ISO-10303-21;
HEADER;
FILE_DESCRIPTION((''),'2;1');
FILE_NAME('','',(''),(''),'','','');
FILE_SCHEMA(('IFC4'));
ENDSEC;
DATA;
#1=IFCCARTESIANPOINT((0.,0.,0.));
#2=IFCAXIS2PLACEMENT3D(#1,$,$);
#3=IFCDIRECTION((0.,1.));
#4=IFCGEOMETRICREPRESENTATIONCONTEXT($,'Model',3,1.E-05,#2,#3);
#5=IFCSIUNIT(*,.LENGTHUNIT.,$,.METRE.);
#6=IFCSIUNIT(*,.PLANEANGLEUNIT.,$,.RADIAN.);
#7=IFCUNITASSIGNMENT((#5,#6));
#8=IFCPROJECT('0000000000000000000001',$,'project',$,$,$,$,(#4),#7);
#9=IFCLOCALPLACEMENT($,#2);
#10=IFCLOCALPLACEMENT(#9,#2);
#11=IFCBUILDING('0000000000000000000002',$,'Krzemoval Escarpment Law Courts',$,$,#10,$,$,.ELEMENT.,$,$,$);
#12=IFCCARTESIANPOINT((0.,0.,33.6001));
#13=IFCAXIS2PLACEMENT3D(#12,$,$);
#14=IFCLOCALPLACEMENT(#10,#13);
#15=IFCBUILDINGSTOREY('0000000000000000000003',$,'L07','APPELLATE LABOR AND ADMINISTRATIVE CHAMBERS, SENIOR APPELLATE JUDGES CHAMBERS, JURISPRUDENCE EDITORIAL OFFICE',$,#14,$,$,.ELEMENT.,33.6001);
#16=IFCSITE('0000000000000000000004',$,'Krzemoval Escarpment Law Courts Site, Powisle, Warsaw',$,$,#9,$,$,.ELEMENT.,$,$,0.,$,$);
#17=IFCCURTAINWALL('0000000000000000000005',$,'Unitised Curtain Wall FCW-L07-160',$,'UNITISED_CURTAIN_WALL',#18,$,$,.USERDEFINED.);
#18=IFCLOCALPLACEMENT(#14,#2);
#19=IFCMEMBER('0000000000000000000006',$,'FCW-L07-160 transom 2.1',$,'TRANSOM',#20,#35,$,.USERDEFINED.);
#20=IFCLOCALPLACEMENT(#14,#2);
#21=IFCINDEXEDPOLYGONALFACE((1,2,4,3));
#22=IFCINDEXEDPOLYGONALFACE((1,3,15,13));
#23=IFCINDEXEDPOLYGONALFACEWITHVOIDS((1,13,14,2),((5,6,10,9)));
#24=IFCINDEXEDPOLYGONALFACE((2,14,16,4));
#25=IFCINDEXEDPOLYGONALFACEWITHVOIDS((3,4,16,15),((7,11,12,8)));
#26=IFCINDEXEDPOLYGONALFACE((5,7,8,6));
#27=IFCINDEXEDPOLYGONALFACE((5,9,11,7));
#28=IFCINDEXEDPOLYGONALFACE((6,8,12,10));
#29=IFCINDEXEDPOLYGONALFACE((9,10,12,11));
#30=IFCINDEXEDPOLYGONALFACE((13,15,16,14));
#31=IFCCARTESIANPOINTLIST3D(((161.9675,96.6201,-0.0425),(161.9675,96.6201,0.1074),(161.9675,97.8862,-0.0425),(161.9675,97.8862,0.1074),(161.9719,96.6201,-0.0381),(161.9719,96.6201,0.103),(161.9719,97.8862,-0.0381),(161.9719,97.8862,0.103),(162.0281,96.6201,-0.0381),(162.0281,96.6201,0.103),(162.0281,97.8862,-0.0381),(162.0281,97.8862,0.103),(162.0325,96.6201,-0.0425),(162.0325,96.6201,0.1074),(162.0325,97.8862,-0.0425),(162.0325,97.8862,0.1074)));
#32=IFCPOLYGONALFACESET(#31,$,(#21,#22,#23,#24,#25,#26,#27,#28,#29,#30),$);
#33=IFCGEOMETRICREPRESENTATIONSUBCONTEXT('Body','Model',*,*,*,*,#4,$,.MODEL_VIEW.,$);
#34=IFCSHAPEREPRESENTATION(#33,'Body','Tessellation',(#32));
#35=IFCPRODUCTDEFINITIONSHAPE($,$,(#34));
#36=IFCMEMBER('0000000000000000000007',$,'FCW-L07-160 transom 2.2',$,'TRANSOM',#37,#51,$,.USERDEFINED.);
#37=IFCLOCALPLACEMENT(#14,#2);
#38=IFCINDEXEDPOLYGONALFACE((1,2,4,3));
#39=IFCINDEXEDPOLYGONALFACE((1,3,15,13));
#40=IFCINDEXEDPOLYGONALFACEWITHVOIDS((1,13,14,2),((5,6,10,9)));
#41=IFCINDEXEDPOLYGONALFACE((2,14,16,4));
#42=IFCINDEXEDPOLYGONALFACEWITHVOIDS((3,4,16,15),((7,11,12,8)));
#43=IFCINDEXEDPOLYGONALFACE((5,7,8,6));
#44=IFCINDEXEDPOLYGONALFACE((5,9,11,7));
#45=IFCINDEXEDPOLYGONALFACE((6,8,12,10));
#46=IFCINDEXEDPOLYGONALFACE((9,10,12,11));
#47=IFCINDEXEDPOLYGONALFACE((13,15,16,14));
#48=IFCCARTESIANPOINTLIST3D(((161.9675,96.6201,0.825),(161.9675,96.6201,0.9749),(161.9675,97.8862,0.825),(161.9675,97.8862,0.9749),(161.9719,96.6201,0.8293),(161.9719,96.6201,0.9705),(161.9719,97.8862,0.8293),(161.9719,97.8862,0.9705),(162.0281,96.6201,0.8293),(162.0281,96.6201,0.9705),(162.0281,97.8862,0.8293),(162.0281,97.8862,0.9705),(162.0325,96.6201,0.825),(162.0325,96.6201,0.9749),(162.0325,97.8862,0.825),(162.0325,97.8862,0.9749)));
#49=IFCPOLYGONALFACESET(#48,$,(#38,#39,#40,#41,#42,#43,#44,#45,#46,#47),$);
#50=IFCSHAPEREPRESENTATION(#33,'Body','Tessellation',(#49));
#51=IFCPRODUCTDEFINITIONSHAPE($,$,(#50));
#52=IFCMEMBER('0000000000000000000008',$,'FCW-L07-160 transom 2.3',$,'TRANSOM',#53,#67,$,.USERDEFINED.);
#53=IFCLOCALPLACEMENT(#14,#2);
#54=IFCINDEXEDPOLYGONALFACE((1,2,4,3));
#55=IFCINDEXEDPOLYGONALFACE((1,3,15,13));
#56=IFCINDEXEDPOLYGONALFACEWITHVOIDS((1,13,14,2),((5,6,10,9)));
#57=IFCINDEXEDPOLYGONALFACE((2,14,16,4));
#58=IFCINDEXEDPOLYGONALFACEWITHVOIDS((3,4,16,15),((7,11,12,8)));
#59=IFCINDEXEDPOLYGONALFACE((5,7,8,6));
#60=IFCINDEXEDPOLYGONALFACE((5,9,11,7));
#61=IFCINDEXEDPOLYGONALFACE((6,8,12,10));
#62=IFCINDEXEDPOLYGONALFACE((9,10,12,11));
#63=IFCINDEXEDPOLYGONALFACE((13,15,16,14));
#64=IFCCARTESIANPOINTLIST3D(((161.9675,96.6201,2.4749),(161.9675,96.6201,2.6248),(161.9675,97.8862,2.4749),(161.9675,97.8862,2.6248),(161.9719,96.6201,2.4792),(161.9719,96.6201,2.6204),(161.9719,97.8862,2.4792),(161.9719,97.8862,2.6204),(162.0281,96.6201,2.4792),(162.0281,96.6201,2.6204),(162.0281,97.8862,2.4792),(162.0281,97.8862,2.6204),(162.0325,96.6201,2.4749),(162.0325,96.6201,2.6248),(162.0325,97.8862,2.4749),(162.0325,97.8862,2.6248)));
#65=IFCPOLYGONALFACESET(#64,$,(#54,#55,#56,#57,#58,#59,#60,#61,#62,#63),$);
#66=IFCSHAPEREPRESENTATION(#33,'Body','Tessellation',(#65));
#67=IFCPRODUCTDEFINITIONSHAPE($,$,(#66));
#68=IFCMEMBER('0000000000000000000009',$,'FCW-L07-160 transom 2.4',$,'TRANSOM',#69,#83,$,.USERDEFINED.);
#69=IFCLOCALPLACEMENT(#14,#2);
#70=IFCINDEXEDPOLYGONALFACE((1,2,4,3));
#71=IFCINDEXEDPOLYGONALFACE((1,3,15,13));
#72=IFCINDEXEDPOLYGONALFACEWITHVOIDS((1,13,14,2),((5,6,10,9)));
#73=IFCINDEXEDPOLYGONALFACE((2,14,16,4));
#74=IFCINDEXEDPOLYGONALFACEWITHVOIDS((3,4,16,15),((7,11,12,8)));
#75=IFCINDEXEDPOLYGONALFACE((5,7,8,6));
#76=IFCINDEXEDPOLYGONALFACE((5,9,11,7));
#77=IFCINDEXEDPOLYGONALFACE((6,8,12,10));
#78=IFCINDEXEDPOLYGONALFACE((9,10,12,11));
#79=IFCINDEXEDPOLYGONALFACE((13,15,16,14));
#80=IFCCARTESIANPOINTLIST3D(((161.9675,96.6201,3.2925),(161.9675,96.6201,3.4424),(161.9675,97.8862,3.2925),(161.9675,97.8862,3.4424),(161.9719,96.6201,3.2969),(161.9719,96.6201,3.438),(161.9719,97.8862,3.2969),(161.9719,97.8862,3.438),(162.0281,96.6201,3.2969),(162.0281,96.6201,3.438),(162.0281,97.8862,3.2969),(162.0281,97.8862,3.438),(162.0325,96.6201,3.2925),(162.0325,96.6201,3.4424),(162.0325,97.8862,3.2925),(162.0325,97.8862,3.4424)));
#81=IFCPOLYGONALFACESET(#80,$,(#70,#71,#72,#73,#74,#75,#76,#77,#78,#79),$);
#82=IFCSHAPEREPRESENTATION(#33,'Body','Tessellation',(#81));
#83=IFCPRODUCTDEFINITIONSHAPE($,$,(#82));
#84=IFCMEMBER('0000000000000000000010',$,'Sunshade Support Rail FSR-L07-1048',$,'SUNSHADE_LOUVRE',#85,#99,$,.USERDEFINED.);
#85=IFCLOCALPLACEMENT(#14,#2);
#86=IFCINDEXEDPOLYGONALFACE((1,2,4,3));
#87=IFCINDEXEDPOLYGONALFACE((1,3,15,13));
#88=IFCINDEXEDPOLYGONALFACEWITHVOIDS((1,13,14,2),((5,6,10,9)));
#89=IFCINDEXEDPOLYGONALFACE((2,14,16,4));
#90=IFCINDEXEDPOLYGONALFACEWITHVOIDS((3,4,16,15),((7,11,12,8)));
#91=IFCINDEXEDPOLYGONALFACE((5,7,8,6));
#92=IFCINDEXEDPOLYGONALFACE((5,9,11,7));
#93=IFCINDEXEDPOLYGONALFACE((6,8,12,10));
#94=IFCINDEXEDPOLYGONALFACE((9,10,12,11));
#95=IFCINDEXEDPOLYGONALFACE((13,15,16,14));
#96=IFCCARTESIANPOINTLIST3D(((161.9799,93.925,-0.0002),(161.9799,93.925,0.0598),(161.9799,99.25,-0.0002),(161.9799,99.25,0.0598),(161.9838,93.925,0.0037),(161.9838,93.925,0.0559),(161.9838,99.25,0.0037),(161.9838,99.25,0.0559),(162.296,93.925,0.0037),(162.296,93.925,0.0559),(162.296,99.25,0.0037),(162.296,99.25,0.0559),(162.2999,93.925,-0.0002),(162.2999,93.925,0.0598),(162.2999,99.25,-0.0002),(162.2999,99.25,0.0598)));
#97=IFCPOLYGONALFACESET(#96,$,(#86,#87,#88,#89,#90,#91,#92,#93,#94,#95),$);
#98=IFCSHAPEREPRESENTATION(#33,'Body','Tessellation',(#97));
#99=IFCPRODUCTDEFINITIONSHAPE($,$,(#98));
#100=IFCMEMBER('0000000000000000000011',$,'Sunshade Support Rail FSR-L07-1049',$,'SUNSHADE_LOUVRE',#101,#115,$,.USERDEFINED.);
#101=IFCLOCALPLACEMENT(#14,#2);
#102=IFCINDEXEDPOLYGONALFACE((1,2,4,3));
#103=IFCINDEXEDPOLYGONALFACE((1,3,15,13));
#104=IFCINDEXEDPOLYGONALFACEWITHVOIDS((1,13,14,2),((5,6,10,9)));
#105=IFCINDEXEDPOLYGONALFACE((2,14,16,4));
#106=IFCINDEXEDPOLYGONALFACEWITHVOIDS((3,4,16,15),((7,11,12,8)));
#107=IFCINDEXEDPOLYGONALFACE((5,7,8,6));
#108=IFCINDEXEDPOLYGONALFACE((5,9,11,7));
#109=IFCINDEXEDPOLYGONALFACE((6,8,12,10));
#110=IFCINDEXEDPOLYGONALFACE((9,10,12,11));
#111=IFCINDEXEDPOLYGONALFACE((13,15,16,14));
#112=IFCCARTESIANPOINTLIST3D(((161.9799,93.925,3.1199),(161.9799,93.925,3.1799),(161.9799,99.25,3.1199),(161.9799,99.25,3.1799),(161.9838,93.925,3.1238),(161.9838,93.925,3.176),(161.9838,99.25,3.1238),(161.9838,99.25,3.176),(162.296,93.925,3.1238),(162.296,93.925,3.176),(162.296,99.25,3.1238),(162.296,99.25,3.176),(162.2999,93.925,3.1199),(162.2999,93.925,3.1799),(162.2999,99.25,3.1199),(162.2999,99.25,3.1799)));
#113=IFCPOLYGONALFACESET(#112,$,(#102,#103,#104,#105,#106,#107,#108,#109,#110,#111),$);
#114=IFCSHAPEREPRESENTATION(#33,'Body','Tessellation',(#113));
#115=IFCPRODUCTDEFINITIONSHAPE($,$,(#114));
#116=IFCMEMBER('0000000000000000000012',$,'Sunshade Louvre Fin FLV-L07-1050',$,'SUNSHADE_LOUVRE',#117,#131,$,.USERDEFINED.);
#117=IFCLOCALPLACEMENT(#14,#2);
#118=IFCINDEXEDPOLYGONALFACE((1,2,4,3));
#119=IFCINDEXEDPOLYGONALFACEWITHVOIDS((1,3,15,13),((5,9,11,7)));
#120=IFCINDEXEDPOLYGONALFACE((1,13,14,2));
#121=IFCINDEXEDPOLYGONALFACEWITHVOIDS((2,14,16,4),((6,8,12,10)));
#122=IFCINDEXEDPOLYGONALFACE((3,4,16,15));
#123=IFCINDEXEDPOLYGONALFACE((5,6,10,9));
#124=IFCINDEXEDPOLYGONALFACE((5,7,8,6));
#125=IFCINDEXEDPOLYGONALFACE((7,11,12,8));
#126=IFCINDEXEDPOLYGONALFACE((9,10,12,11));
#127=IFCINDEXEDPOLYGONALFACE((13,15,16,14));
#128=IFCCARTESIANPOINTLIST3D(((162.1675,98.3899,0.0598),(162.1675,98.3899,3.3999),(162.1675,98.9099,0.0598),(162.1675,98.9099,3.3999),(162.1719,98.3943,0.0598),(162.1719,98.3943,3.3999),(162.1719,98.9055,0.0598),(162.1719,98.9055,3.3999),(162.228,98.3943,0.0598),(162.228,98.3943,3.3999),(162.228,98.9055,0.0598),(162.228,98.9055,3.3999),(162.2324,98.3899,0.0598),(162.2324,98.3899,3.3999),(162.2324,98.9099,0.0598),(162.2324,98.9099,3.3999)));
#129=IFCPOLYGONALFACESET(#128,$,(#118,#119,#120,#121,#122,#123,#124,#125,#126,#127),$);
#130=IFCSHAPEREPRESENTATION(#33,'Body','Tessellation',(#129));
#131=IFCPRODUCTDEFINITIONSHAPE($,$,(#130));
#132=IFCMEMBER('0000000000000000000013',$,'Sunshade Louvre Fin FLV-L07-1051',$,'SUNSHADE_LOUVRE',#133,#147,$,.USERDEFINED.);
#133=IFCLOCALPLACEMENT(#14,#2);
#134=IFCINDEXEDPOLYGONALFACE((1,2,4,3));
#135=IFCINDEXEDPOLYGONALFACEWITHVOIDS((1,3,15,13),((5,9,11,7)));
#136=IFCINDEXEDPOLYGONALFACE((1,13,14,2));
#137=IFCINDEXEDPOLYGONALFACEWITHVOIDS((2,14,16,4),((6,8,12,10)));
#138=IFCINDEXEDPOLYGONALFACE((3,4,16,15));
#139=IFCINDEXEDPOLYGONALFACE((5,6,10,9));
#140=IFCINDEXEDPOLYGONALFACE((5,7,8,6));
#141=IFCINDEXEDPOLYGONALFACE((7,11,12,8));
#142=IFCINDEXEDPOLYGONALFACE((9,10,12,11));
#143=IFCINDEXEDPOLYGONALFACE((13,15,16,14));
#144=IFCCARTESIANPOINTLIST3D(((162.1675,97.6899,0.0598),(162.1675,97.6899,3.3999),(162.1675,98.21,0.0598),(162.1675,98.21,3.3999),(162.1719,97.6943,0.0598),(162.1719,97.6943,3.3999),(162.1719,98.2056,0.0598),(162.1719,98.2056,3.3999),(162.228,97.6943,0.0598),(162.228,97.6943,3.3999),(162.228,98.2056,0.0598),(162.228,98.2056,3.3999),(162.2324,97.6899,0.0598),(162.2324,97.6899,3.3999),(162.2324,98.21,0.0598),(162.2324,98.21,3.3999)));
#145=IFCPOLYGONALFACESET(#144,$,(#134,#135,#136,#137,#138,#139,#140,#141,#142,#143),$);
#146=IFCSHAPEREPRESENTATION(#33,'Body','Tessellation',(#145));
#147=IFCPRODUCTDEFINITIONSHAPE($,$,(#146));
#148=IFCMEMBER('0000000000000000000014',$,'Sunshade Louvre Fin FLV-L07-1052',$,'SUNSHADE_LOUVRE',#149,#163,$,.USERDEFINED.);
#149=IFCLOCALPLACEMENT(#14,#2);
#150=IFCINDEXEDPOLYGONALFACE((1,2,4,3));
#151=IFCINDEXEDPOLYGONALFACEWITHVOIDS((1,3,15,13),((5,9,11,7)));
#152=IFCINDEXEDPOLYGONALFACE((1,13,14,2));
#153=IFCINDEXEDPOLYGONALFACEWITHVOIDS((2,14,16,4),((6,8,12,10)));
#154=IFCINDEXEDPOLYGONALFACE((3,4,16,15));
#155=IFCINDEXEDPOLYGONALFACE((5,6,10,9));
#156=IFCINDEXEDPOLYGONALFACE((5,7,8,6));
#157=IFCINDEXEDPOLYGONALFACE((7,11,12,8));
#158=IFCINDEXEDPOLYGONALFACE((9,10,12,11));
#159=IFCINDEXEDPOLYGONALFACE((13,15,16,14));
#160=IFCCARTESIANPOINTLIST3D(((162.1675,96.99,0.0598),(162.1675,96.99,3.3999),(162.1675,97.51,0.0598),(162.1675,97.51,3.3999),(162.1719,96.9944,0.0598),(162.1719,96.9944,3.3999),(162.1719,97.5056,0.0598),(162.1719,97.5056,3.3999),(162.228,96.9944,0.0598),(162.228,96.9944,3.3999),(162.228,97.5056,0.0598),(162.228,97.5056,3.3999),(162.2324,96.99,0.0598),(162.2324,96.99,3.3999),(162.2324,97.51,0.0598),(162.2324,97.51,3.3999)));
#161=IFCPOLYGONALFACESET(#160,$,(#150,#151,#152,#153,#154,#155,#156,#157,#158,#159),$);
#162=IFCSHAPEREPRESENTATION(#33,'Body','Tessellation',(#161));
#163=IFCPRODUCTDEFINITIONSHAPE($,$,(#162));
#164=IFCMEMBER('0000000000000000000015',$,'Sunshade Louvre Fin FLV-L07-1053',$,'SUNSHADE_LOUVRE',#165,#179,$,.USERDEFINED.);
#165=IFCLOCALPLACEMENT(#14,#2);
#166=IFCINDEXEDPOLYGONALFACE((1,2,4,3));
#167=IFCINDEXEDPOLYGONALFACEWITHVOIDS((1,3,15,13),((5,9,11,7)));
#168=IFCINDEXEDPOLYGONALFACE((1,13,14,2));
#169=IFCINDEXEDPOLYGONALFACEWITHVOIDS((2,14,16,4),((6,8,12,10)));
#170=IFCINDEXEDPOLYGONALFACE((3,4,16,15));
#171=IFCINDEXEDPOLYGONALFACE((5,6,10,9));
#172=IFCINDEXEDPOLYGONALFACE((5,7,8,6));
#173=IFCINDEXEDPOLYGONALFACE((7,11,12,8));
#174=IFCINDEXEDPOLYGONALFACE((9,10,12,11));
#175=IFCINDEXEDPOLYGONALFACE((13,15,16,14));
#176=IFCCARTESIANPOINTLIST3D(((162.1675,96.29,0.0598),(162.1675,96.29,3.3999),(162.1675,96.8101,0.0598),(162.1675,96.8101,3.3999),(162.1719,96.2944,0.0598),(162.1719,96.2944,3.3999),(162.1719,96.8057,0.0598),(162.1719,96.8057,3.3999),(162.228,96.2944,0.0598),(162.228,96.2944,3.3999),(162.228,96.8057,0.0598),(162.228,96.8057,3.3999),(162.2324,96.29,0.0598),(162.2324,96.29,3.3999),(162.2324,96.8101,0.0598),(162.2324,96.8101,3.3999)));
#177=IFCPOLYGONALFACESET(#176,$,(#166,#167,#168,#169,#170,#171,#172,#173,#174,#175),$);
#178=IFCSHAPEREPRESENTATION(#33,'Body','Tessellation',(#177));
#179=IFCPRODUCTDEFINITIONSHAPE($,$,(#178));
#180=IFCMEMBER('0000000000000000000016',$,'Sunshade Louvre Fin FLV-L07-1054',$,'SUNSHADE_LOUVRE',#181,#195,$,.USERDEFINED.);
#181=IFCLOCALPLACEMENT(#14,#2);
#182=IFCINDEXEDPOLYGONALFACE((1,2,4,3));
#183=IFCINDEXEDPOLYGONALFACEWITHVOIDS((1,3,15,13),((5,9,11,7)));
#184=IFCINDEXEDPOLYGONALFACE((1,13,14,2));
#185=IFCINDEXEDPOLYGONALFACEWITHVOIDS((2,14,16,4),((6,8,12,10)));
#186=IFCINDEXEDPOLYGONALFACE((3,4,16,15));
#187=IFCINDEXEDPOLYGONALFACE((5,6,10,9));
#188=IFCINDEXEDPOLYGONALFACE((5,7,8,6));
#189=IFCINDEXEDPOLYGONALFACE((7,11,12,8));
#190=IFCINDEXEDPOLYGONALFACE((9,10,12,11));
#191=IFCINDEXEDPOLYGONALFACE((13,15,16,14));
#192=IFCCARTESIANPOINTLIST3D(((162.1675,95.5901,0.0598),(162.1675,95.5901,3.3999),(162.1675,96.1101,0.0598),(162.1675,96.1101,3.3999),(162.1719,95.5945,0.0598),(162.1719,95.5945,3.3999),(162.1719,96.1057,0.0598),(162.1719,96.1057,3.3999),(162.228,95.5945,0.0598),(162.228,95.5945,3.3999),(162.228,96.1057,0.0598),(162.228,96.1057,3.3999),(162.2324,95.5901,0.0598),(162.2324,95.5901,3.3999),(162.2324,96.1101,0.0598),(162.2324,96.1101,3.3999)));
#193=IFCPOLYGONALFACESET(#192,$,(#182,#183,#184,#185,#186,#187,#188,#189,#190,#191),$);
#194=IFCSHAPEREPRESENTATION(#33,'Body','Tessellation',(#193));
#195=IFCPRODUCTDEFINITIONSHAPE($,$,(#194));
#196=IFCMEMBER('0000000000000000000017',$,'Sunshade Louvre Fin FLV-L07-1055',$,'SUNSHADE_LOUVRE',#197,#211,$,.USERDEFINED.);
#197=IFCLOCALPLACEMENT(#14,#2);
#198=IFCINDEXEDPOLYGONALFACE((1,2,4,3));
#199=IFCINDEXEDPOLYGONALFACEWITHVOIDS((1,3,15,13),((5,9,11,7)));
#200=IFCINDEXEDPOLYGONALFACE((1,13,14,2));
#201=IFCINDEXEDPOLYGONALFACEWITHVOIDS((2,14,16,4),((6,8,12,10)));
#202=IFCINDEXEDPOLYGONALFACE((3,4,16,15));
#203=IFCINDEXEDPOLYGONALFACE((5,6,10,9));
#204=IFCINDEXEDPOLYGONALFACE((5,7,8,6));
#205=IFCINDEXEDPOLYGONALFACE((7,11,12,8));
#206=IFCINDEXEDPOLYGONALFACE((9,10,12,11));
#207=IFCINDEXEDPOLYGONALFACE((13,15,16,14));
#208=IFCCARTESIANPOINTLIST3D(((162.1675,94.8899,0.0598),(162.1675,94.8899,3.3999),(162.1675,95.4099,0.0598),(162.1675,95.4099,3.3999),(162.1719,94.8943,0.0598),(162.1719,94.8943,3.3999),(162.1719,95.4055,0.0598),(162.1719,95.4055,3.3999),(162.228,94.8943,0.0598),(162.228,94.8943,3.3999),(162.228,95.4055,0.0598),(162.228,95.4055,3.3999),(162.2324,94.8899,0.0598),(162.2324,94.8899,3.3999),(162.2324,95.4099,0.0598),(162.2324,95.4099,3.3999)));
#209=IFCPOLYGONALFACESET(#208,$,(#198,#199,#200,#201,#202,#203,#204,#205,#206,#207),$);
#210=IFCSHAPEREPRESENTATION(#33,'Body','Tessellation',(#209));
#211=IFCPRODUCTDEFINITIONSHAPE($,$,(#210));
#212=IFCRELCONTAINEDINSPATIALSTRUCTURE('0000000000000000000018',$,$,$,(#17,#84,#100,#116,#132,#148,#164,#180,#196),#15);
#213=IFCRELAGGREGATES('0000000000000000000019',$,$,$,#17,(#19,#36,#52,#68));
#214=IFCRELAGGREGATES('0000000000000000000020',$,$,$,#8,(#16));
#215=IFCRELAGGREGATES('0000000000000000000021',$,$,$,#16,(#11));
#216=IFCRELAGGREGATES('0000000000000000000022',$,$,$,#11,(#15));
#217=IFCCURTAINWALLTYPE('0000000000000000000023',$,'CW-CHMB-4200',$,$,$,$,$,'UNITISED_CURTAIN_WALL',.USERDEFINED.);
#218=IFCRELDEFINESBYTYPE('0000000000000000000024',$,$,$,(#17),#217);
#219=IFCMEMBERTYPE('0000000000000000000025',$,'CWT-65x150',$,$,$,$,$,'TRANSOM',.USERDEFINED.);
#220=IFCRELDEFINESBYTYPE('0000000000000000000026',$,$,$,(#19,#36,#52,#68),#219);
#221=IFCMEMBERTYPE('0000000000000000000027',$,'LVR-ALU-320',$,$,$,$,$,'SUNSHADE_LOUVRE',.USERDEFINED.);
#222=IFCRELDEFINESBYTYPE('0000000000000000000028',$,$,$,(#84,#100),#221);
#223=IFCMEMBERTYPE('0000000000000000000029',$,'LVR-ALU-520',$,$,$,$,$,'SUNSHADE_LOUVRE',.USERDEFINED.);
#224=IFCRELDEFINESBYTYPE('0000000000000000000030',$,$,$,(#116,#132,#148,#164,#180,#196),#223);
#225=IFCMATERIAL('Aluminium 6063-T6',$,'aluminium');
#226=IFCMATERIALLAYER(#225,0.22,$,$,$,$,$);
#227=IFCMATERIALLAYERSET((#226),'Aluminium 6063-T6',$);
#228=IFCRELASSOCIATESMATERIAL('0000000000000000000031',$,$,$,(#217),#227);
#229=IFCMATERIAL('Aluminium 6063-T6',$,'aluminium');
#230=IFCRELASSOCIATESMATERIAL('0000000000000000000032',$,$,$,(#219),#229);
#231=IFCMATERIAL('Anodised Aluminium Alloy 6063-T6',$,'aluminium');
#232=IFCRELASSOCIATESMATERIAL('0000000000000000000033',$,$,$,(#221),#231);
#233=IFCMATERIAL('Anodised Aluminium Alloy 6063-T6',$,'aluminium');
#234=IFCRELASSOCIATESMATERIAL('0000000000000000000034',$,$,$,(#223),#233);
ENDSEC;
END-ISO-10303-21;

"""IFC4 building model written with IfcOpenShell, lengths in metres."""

from ifc_helpers import new_model, si_unit, direction, frame, origin, origin_2d, place, context, subcontext, project, spatial, hollow_rectangle, extrude, material, layer, layer_set, material_profile, profile_set, type_object, element, aggregate, save


model = new_model("IFC4")

# Units and contexts
model_context = context("Model", 3, precision=1e-05, world=origin(), true_north=direction((0.0, 1.0)))
body_context = subcontext(model_context, "Body", "Model", "MODEL_VIEW")
ifc_project = project(units=[si_unit("LENGTHUNIT", "METRE"), si_unit("PLANEANGLEUNIT", "RADIAN")], contexts=[model_context])

# Site, building, storey
site_placement = place(None, origin())
site = spatial("IfcSite", under=ifc_project, at=site_placement, Name="Krzemoval Escarpment Law Courts Site, Powisle, Warsaw", CompositionType="ELEMENT", RefElevation=0.0)
building_placement = place(site_placement, origin())
building = spatial("IfcBuilding", under=site, at=building_placement, Name="Krzemoval Escarpment Law Courts", CompositionType="ELEMENT")
storey_placement = place(building_placement, frame((0.0, 0.0, 33.6001)))
storey = spatial("IfcBuildingStorey", under=building, at=storey_placement, Name="L07", Description="APPELLATE LABOR AND ADMINISTRATIVE CHAMBERS, SENIOR APPELLATE JUDGES CHAMBERS, JURISPRUDENCE EDITORIAL OFFICE", CompositionType="ELEMENT", Elevation=33.6001)

# Curtain wall, members
ifc_material_1 = material(Name="Aluminium 6063-T6", Category="aluminium")
ifc_layer_1 = layer(ifc_material_1, 0.22)
ifc_layer_set_1 = layer_set([ifc_layer_1], Name="Aluminium 6063-T6")
curtain_wall_type = type_object("IfcCurtainWallType", Name="CW-CHMB-4200", ElementType="UNITISED_CURTAIN_WALL", PredefinedType="USERDEFINED", material=ifc_layer_set_1)
curtain_wall_placement = place(storey_placement, origin())
curtain_wall = element("IfcCurtainWall", 1, at=curtain_wall_placement, inside=storey, type_object=curtain_wall_type, Name="Unitised Curtain Wall FCW-L07-160", ObjectType="UNITISED_CURTAIN_WALL", PredefinedType="USERDEFINED")
ifc_material_2 = material(Name="Aluminium 6063-T6", Category="aluminium")
ifc_material_profile_1 = material_profile(ifc_material_2, hollow_rectangle(XDim=0.0649, YDim=0.1499, WallThickness=0.0044, at=origin_2d()), Name="ALU T65x150")
ifc_profile_set_1 = profile_set([ifc_material_profile_1], Name="Aluminium 6063-T6")
member_type_1 = type_object("IfcMemberType", Name="CWT-65x150", ElementType="TRANSOM", PredefinedType="USERDEFINED", material=ifc_profile_set_1)
member_1_placement = place(storey_placement, frame((162.0, 97.8862, 0.0325), z_axis=(0.0, -1.0, 0.0), x_axis=(1.0, 0.0, 0.0)))
member_1 = element("IfcMember", 2, at=member_1_placement, type_object=member_type_1, Name="FCW-L07-160 transom 2.1", ObjectType="TRANSOM", PredefinedType="USERDEFINED", context=body_context, shape_type="SweptSolid", body=[
    extrude(hollow_rectangle(XDim=0.0649, YDim=0.1499, WallThickness=0.0044, at=origin_2d()), origin(), (0.0, 0.0, 1.0), 1.2661),
])
member_2_placement = place(storey_placement, frame((162.0, 97.8862, 0.8999), z_axis=(0.0, -1.0, 0.0), x_axis=(1.0, 0.0, 0.0)))
member_2 = element("IfcMember", 3, at=member_2_placement, type_object=member_type_1, Name="FCW-L07-160 transom 2.2", ObjectType="TRANSOM", PredefinedType="USERDEFINED", context=body_context, shape_type="SweptSolid", body=[
    extrude(hollow_rectangle(XDim=0.0649, YDim=0.1499, WallThickness=0.0044, at=origin_2d()), origin(), (0.0, 0.0, 1.0), 1.2661),
])
member_3_placement = place(storey_placement, frame((162.0, 97.8862, 2.5498), z_axis=(0.0, -1.0, 0.0), x_axis=(1.0, 0.0, 0.0)))
member_3 = element("IfcMember", 4, at=member_3_placement, type_object=member_type_1, Name="FCW-L07-160 transom 2.3", ObjectType="TRANSOM", PredefinedType="USERDEFINED", context=body_context, shape_type="SweptSolid", body=[
    extrude(hollow_rectangle(XDim=0.0649, YDim=0.1499, WallThickness=0.0044, at=origin_2d()), origin(), (0.0, 0.0, 1.0), 1.2661),
])
member_4_placement = place(storey_placement, frame((162.0, 97.8862, 3.3674), z_axis=(0.0, -1.0, 0.0), x_axis=(1.0, 0.0, 0.0)))
member_4 = element("IfcMember", 5, at=member_4_placement, type_object=member_type_1, Name="FCW-L07-160 transom 2.4", ObjectType="TRANSOM", PredefinedType="USERDEFINED", context=body_context, shape_type="SweptSolid", body=[
    extrude(hollow_rectangle(XDim=0.0649, YDim=0.1499, WallThickness=0.0044, at=origin_2d()), origin(), (0.0, 0.0, 1.0), 1.2661),
])

# Members
ifc_material_3 = material(Name="Anodised Aluminium Alloy 6063-T6", Category="aluminium")
ifc_material_profile_2 = material_profile(ifc_material_3, hollow_rectangle(XDim=0.0601, YDim=0.3201, WallThickness=0.0039, at=origin_2d()), Name="ALU LVR 60x320")
ifc_profile_set_2 = profile_set([ifc_material_profile_2], Name="Anodised Aluminium Alloy 6063-T6")
member_type_2 = type_object("IfcMemberType", Name="LVR-ALU-320", ElementType="SUNSHADE_LOUVRE", PredefinedType="USERDEFINED", material=ifc_profile_set_2)
for number, where, z_axis, x_axis, name in (
    (6, (162.1399, 99.25, 0.0298), (0.0, -1.0, 0.0), (0.0, 0.0, 1.0), "Sunshade Support Rail FSR-L07-1048"),
    (7, (162.1399, 99.25, 3.1499), (0.0, -1.0, 0.0), (0.0, 0.0, 1.0), "Sunshade Support Rail FSR-L07-1049"),
):
    element("IfcMember", number, at=place(storey_placement, frame(where, z_axis=z_axis, x_axis=x_axis)), inside=storey, type_object=member_type_2, Name=name, ObjectType="SUNSHADE_LOUVRE", PredefinedType="USERDEFINED", context=body_context, shape_type="SweptSolid", body=[
        extrude(hollow_rectangle(XDim=0.0601, YDim=0.3201, WallThickness=0.0039, at=origin_2d()), origin(), (0.0, 0.0, 1.0), 5.325),
    ])
ifc_material_4 = material(Name="Anodised Aluminium Alloy 6063-T6", Category="aluminium")
ifc_material_profile_3 = material_profile(ifc_material_4, hollow_rectangle(XDim=0.0649, YDim=0.52, WallThickness=0.0044, at=origin_2d()), Name="ALU LVR 65x520")
ifc_profile_set_3 = profile_set([ifc_material_profile_3], Name="Anodised Aluminium Alloy 6063-T6")
member_type_3 = type_object("IfcMemberType", Name="LVR-ALU-520", ElementType="SUNSHADE_LOUVRE", PredefinedType="USERDEFINED", material=ifc_profile_set_3)
for number, where, z_axis, x_axis, name in (
    (8, (162.2, 98.6499, 0.0598), (0.0, 0.0, 1.0), (1.0, 0.0, 0.0), "Sunshade Louvre Fin FLV-L07-1050"),
    (9, (162.2, 97.95, 0.0598), (0.0, 0.0, 1.0), (1.0, 0.0, 0.0), "Sunshade Louvre Fin FLV-L07-1051"),
    (10, (162.2, 97.25, 0.0598), (0.0, 0.0, 1.0), (1.0, 0.0, 0.0), "Sunshade Louvre Fin FLV-L07-1052"),
    (11, (162.2, 96.55, 0.0598), (0.0, 0.0, 1.0), (1.0, 0.0, 0.0), "Sunshade Louvre Fin FLV-L07-1053"),
    (12, (162.2, 95.8501, 0.0598), (0.0, 0.0, 1.0), (1.0, 0.0, 0.0), "Sunshade Louvre Fin FLV-L07-1054"),
    (13, (162.2, 95.1499, 0.0598), (0.0, 0.0, 1.0), (1.0, 0.0, 0.0), "Sunshade Louvre Fin FLV-L07-1055"),
):
    element("IfcMember", number, at=place(storey_placement, frame(where, z_axis=z_axis, x_axis=x_axis)), inside=storey, type_object=member_type_3, Name=name, ObjectType="SUNSHADE_LOUVRE", PredefinedType="USERDEFINED", context=body_context, shape_type="SweptSolid", body=[
        extrude(hollow_rectangle(XDim=0.0649, YDim=0.52, WallThickness=0.0044, at=origin_2d()), origin(), (0.0, 0.0, 1.0), 3.3401),
    ])

aggregate(curtain_wall, [member_1, member_2, member_3, member_4])

save(model, "model.ifc")
